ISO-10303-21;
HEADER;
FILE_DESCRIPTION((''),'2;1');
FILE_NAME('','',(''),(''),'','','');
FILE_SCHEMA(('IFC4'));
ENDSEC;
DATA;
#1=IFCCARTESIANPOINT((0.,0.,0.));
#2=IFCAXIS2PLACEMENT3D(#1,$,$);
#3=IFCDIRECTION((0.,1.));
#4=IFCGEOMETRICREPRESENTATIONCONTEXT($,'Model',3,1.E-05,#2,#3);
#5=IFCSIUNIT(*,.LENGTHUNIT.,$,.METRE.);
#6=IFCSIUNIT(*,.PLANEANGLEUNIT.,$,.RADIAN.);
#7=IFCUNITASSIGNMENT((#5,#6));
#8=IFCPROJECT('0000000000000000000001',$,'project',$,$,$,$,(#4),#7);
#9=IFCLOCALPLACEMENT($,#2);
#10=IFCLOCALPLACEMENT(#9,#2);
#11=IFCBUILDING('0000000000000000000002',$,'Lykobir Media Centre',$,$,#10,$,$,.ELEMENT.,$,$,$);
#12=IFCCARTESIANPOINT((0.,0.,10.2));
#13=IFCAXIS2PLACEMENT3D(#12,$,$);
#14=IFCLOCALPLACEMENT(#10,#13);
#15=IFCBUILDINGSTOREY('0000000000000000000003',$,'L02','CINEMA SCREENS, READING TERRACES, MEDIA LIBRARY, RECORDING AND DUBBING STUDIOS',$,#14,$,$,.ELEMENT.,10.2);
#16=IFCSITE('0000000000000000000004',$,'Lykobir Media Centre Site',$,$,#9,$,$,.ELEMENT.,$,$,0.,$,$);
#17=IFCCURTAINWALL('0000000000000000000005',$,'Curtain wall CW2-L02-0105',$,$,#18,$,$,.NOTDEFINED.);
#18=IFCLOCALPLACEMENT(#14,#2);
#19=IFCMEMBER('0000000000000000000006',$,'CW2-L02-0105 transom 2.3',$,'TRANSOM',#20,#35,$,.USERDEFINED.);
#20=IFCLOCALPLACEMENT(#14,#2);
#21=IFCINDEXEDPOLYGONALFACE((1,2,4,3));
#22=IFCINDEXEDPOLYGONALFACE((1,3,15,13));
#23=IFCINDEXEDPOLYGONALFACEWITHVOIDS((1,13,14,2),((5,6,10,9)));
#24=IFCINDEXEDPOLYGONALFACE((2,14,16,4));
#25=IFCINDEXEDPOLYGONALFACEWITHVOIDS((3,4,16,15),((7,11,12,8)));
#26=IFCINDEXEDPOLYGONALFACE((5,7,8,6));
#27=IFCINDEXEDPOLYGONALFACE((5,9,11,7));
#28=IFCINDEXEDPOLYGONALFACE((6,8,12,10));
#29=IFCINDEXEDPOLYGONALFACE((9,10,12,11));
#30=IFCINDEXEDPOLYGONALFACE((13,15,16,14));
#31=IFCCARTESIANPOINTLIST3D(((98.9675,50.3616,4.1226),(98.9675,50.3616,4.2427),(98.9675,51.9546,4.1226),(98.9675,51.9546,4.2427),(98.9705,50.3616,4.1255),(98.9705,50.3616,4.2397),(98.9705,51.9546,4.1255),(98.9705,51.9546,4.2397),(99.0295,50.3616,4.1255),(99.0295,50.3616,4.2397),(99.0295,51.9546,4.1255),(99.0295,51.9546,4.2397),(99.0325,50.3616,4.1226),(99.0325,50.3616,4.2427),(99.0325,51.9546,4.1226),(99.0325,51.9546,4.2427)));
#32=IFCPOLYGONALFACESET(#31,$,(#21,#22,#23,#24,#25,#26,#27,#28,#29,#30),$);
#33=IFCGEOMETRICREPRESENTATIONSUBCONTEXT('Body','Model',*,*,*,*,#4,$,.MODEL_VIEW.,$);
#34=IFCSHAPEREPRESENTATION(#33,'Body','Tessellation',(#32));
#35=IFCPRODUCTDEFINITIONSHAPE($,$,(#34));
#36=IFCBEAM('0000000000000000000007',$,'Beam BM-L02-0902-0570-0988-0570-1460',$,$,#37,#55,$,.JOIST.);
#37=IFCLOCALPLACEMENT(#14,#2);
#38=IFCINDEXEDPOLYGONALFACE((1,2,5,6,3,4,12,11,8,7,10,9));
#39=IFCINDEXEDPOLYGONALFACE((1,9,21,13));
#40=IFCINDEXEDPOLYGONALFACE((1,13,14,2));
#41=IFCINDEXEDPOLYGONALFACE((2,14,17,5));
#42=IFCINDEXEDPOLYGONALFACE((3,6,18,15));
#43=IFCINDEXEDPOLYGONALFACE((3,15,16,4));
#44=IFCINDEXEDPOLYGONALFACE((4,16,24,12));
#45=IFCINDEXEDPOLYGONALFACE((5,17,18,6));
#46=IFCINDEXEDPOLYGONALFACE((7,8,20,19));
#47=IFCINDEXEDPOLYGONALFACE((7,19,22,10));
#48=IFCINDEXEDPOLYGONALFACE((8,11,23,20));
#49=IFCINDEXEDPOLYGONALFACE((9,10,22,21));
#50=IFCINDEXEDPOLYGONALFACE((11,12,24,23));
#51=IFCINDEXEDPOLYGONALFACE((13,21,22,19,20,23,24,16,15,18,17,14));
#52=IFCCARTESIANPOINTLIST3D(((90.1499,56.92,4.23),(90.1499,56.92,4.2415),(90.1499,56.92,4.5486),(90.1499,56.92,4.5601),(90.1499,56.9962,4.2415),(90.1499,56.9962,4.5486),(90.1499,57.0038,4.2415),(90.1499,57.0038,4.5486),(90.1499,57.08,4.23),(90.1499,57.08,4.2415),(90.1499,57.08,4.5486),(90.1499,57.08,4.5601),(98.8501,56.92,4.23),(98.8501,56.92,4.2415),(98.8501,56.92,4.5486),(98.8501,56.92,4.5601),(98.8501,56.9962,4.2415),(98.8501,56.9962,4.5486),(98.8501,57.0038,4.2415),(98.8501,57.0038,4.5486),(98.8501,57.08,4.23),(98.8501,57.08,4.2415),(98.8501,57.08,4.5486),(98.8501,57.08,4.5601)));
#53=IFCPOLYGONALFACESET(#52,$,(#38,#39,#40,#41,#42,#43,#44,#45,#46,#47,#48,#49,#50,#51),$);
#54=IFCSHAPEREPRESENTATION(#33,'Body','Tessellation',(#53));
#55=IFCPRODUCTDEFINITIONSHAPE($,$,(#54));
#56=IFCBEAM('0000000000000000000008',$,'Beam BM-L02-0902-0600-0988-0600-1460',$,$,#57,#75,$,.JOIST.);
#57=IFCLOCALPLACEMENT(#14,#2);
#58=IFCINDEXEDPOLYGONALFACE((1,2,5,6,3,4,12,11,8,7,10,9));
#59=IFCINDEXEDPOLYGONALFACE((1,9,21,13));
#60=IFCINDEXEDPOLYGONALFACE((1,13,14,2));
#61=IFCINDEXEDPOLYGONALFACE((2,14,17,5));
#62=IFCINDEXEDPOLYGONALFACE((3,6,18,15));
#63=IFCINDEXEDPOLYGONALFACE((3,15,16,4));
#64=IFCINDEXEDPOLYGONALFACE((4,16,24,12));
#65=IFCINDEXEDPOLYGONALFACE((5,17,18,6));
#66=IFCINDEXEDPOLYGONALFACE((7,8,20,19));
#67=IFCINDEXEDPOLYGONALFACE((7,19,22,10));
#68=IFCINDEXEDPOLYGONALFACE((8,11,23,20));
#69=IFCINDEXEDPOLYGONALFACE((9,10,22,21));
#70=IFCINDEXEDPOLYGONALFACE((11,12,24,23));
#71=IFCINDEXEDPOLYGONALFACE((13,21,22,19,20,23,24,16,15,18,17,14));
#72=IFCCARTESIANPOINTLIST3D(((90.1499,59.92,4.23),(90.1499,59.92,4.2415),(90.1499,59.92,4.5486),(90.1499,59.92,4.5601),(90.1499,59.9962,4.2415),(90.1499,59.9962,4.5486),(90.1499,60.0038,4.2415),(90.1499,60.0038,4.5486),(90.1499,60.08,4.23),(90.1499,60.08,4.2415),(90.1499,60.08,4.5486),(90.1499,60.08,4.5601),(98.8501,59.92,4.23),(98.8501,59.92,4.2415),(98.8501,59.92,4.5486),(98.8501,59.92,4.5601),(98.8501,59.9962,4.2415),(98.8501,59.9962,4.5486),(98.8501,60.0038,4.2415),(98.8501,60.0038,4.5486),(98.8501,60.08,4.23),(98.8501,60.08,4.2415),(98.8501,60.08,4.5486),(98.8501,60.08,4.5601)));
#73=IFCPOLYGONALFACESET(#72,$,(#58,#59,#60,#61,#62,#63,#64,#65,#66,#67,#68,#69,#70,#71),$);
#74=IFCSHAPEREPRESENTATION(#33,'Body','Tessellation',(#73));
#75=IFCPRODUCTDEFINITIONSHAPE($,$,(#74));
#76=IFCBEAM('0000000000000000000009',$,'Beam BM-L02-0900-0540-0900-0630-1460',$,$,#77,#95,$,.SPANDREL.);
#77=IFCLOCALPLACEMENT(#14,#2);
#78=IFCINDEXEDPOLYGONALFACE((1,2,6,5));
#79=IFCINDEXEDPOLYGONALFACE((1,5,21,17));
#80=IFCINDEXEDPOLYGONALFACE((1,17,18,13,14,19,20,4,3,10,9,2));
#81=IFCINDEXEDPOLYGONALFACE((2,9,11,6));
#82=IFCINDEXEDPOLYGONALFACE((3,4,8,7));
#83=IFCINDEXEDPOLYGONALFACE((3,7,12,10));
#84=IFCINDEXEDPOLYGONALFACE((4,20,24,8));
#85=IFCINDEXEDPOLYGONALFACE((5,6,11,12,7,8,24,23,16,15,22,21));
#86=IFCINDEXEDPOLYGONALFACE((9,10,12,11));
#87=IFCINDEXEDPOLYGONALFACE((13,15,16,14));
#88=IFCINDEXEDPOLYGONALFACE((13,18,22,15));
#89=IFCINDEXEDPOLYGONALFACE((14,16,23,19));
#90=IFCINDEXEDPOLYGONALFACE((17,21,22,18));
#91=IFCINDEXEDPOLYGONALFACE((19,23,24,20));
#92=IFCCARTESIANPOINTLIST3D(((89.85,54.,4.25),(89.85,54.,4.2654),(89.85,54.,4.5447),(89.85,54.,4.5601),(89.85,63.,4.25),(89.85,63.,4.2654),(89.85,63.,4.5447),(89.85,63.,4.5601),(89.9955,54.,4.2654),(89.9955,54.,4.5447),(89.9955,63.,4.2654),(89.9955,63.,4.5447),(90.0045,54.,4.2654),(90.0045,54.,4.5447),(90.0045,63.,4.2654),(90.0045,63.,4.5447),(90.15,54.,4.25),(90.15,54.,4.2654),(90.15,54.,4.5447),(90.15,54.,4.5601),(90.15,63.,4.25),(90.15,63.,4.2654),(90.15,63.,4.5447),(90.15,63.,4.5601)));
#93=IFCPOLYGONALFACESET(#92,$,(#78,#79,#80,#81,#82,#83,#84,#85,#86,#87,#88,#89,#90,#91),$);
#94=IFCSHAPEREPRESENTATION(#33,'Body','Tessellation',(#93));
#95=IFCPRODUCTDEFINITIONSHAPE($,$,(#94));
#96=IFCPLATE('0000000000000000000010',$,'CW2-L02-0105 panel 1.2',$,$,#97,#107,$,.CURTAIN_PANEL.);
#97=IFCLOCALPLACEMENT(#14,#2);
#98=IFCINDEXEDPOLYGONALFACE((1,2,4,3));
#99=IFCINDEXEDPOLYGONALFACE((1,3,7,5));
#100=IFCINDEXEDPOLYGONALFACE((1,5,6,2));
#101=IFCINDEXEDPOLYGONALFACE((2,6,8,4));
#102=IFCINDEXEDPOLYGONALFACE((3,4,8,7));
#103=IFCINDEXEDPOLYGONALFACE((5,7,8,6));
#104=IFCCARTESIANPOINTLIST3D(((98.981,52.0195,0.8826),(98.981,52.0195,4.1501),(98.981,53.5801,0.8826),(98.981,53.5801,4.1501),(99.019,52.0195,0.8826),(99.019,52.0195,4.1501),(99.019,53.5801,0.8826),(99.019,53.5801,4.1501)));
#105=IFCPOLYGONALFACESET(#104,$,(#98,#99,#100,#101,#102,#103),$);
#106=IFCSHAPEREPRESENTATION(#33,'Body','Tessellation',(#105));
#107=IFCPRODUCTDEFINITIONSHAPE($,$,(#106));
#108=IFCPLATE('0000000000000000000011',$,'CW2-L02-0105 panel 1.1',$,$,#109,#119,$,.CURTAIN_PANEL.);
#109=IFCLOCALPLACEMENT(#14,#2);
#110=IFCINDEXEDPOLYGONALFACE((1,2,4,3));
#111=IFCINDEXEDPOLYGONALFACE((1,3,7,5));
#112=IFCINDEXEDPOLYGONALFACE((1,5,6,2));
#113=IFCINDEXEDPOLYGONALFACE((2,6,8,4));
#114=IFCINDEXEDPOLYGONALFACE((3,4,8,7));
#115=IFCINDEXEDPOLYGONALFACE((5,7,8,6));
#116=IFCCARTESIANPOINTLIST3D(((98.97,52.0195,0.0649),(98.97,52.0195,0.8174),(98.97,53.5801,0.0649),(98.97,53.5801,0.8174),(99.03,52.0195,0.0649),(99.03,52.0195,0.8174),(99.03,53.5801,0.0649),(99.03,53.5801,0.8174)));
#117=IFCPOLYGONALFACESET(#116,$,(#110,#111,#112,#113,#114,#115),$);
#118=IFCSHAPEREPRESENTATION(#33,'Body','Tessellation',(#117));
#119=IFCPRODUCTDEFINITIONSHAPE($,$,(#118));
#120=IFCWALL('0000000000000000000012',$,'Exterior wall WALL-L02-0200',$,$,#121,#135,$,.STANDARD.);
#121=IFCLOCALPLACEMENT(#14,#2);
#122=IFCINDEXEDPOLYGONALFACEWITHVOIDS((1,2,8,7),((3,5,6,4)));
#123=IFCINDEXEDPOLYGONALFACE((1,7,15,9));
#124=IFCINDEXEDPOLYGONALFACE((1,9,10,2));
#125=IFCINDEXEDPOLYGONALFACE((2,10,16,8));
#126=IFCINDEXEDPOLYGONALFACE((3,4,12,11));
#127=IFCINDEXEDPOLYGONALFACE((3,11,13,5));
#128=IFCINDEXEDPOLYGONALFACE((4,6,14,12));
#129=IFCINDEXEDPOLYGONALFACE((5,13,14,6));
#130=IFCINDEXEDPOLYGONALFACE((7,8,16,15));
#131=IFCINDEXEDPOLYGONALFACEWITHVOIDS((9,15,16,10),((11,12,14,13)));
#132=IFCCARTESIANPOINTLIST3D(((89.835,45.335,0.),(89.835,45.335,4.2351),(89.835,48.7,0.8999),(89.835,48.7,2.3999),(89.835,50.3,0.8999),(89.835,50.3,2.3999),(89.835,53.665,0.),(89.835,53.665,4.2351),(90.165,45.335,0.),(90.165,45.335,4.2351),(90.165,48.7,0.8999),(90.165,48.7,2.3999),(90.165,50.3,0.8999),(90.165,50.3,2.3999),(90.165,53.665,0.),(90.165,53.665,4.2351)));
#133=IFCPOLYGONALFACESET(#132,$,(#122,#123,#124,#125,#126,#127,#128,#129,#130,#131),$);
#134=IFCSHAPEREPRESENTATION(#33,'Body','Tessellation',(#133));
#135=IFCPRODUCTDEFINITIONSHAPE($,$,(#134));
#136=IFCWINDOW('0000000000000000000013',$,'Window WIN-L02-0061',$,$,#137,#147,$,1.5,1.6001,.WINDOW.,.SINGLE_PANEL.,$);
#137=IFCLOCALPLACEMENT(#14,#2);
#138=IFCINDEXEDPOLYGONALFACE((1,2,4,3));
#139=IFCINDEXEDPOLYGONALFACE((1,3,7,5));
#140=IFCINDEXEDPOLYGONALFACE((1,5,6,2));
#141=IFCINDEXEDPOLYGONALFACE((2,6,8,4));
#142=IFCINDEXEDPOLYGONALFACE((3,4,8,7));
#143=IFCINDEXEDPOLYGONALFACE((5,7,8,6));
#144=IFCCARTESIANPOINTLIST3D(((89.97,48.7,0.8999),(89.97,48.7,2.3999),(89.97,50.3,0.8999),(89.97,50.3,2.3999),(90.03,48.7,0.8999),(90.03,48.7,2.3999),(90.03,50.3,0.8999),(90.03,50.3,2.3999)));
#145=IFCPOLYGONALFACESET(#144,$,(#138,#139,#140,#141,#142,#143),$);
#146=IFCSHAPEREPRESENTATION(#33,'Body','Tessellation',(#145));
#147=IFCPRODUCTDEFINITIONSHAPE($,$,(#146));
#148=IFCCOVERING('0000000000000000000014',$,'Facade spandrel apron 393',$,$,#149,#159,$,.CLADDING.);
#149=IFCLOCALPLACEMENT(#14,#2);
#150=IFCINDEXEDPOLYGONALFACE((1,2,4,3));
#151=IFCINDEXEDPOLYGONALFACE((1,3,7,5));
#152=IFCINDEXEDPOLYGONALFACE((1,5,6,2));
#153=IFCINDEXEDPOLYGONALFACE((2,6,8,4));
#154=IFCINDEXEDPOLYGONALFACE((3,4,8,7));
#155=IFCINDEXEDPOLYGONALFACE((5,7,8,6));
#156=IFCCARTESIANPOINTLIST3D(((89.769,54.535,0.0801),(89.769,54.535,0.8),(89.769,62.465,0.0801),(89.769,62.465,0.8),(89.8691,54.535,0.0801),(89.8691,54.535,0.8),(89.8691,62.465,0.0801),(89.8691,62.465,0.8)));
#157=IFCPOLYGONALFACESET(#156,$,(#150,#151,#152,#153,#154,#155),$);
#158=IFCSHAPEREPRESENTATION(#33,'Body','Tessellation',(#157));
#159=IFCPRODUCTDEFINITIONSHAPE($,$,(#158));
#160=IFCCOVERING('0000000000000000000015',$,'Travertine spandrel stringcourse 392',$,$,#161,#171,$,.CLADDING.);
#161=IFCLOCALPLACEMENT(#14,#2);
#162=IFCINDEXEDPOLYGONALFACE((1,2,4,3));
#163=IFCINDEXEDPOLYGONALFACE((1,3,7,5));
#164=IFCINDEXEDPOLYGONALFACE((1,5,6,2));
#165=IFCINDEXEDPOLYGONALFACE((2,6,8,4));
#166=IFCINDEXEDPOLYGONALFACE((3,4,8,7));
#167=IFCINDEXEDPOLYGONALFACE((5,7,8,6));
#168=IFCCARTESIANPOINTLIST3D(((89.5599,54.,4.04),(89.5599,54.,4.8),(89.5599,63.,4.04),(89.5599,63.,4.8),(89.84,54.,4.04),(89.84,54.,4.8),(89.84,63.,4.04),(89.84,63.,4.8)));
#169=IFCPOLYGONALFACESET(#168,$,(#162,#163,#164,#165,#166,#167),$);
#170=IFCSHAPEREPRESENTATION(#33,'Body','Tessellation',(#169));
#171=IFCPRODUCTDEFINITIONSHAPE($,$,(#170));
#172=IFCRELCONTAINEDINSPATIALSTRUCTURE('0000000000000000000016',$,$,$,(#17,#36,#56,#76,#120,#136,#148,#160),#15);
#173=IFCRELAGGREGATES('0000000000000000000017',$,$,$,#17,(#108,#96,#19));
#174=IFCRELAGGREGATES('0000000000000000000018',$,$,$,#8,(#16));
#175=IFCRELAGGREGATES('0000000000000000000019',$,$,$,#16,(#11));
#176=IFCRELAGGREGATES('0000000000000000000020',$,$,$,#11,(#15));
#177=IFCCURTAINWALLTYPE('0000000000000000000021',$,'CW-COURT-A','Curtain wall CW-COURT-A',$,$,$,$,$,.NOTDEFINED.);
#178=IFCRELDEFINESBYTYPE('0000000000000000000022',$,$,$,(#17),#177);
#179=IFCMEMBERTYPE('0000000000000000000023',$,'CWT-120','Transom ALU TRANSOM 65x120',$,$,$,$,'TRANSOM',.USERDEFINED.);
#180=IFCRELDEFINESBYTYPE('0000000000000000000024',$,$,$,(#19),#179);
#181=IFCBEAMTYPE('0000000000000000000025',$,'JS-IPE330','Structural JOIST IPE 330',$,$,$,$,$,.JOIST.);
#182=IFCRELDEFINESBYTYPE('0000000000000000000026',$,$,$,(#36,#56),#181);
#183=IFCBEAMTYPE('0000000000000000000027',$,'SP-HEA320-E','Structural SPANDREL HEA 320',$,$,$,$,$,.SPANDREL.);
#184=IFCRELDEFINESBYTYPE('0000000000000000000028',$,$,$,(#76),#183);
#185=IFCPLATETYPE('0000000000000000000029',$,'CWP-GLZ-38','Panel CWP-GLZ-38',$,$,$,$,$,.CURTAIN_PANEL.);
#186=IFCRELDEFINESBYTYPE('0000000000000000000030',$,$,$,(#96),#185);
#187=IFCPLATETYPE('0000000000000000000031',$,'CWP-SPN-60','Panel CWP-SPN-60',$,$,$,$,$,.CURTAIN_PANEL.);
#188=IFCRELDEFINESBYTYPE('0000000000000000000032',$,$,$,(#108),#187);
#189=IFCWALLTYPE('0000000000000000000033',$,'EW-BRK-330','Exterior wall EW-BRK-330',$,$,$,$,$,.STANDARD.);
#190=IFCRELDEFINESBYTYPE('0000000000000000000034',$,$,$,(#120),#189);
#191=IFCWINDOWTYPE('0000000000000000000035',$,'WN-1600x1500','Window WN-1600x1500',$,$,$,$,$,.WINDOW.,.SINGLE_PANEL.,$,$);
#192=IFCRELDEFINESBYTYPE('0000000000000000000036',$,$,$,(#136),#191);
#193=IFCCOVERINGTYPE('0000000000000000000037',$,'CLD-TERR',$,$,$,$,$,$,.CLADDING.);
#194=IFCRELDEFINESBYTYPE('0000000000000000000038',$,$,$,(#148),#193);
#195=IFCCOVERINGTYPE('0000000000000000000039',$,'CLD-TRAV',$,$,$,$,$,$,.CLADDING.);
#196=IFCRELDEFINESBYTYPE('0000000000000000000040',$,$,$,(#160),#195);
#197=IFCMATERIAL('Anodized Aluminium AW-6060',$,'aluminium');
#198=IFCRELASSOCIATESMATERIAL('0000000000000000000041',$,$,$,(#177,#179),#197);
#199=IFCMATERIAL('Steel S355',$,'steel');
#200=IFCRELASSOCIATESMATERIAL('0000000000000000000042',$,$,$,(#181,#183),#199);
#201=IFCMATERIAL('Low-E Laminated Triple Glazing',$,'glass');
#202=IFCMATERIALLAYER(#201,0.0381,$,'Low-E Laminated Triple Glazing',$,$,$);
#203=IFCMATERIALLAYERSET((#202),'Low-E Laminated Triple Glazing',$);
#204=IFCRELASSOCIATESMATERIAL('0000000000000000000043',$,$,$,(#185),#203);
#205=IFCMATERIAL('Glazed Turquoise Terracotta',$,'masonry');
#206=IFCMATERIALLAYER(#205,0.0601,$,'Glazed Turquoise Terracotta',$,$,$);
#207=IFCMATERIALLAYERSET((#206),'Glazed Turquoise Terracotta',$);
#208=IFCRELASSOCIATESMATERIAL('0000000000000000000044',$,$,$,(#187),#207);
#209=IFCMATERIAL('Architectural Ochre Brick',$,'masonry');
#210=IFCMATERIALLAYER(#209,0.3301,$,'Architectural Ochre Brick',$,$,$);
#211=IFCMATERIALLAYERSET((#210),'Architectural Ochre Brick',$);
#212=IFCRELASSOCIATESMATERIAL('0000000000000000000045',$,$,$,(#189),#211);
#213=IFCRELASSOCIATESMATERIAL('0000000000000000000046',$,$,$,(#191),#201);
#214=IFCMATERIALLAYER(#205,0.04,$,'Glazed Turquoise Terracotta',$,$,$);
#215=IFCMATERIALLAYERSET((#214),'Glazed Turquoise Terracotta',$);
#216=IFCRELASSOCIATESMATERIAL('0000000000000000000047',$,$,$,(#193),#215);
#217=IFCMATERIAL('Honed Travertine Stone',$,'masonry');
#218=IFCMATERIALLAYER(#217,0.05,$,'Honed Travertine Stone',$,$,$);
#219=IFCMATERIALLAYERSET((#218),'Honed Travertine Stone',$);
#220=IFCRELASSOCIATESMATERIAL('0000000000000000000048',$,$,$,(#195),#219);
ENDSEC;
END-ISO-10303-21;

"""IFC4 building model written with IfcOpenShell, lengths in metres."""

from ifc_helpers import new_model, si_unit, direction, frame, frame_2d, origin, origin_2d, place, context, subcontext, project, spatial, rectangle, hollow_rectangle, i_section, extrude, material, layer, layer_set, material_profile, profile_set, type_object, element, fill, aggregate, save


model = new_model("IFC4")

# Units and contexts
model_context = context("Model", 3, precision=1e-05, world=origin(), true_north=direction((0.0, 1.0)))
body_context = subcontext(model_context, "Body", "Model", "MODEL_VIEW")
ifc_project = project(units=[si_unit("LENGTHUNIT", "METRE"), si_unit("PLANEANGLEUNIT", "RADIAN")], contexts=[model_context])

# Site, building, storey
site_placement = place(None, origin())
site = spatial("IfcSite", under=ifc_project, at=site_placement, Name="Lykobir Media Centre Site", CompositionType="ELEMENT", RefElevation=0.0)
building_placement = place(site_placement, origin())
building = spatial("IfcBuilding", under=site, at=building_placement, Name="Lykobir Media Centre", CompositionType="ELEMENT")
storey_placement = place(building_placement, frame((0.0, 0.0, 10.2)))
storey = spatial("IfcBuildingStorey", under=building, at=storey_placement, Name="L02", Description="CINEMA SCREENS, READING TERRACES, MEDIA LIBRARY, RECORDING AND DUBBING STUDIOS", CompositionType="ELEMENT", Elevation=10.2)

# Shared definitions
ifc_material_1 = material(Name="Steel S355", Category="steel")

# Curtain wall, member
ifc_material_2 = material(Name="Anodized Aluminium AW-6060", Category="aluminium")
curtain_wall_type = type_object("IfcCurtainWallType", Name="CW-COURT-A", Description="Curtain wall CW-COURT-A", PredefinedType="NOTDEFINED", material=ifc_material_2)
curtain_wall_placement = place(storey_placement, origin())
curtain_wall = element("IfcCurtainWall", 1, at=curtain_wall_placement, inside=storey, type_object=curtain_wall_type, Name="Curtain wall CW2-L02-0105", PredefinedType="NOTDEFINED")
ifc_material_profile_1 = material_profile(ifc_material_2, hollow_rectangle(XDim=0.0649, YDim=0.1201, WallThickness=0.0029, at=origin_2d()), Name="ALU TRANSOM 65x120")
ifc_profile_set_1 = profile_set([ifc_material_profile_1], Name="Anodized Aluminium AW-6060")
member_type_1 = type_object("IfcMemberType", Name="CWT-120", Description="Transom ALU TRANSOM 65x120", ElementType="TRANSOM", PredefinedType="USERDEFINED", material=ifc_profile_set_1)
member_1_placement = place(storey_placement, frame((99.0, 51.9546, 4.1826), z_axis=(0.0, -1.0, 0.0), x_axis=(1.0, 0.0, 0.0)))
member_1 = element("IfcMember", 2, at=member_1_placement, type_object=member_type_1, Name="CW2-L02-0105 transom 2.3", ObjectType="TRANSOM", PredefinedType="USERDEFINED", context=body_context, shape_type="SweptSolid", body=[
    extrude(hollow_rectangle(XDim=0.0649, YDim=0.1201, WallThickness=0.0029, at=origin_2d()), origin(), (0.0, 0.0, 1.0), 1.593),
])

# Beams
ifc_material_profile_2 = material_profile(ifc_material_1, i_section(OverallWidth=0.1599, OverallDepth=0.3301, WebThickness=0.0076, FlangeThickness=0.0115, at=origin_2d()), Name="IPE 330")
ifc_profile_set_2 = profile_set([ifc_material_profile_2], Name="Steel S355")
beam_type_1 = type_object("IfcBeamType", Name="JS-IPE330", Description="Structural JOIST IPE 330", PredefinedType="JOIST", material=ifc_profile_set_2)
for number, where, z_axis, x_axis, name in (
    (3, (90.1499, 57.0, 4.395), (1.0, 0.0, 0.0), (0.0, 1.0, 0.0), "Beam BM-L02-0902-0570-0988-0570-1460"),
    (4, (90.1499, 60.0, 4.395), (1.0, 0.0, 0.0), (0.0, 1.0, 0.0), "Beam BM-L02-0902-0600-0988-0600-1460"),
):
    element("IfcBeam", number, at=place(storey_placement, frame(where, z_axis=z_axis, x_axis=x_axis)), inside=storey, type_object=beam_type_1, Name=name, PredefinedType="JOIST", context=body_context, shape_type="SweptSolid", body=[
        extrude(i_section(OverallWidth=0.1599, OverallDepth=0.3301, WebThickness=0.0076, FlangeThickness=0.0115, at=origin_2d()), origin(), (0.0, 0.0, 1.0), 8.7002),
    ])
ifc_material_profile_3 = material_profile(ifc_material_1, i_section(OverallWidth=0.3, OverallDepth=0.3101, WebThickness=0.009, FlangeThickness=0.0154, at=origin_2d()), Name="HEA 320")
ifc_profile_set_3 = profile_set([ifc_material_profile_3], Name="Steel S355")
beam_type_2 = type_object("IfcBeamType", Name="SP-HEA320-E", Description="Structural SPANDREL HEA 320", PredefinedType="SPANDREL", material=ifc_profile_set_3)
beam_1_placement = place(storey_placement, frame((90.0, 54.0, 4.405), z_axis=(0.0, 1.0, 0.0), x_axis=(-1.0, 0.0, 0.0)))
element("IfcBeam", 5, at=beam_1_placement, inside=storey, type_object=beam_type_2, Name="Beam BM-L02-0900-0540-0900-0630-1460", PredefinedType="SPANDREL", context=body_context, shape_type="SweptSolid", body=[
    extrude(i_section(OverallWidth=0.3, OverallDepth=0.3101, WebThickness=0.009, FlangeThickness=0.0154, at=origin_2d()), origin(), (0.0, 0.0, 1.0), 9.0),
])

# Plates
ifc_material_3 = material(Name="Low-E Laminated Triple Glazing", Category="glass")
ifc_layer_1 = layer(ifc_material_3, 0.0381, Name="Low-E Laminated Triple Glazing")
ifc_layer_set_1 = layer_set([ifc_layer_1], Name="Low-E Laminated Triple Glazing")
plate_type_1 = type_object("IfcPlateType", Name="CWP-GLZ-38", Description="Panel CWP-GLZ-38", PredefinedType="CURTAIN_PANEL", material=ifc_layer_set_1)
plate_1_placement = place(storey_placement, frame((99.0, 52.7998, 0.8826), z_axis=(0.0, 0.0, 1.0), x_axis=(0.0, -1.0, 0.0)))
plate_1 = element("IfcPlate", 6, at=plate_1_placement, type_object=plate_type_1, Name="CW2-L02-0105 panel 1.2", PredefinedType="CURTAIN_PANEL", context=body_context, shape_type="SweptSolid", body=[
    extrude(rectangle(XDim=1.5605, YDim=0.0381, at=origin_2d()), origin(), (0.0, 0.0, 1.0), 3.2676),
])
ifc_material_4 = material(Name="Glazed Turquoise Terracotta", Category="masonry")
ifc_layer_2 = layer(ifc_material_4, 0.0601, Name="Glazed Turquoise Terracotta")
ifc_layer_set_2 = layer_set([ifc_layer_2], Name="Glazed Turquoise Terracotta")
plate_type_2 = type_object("IfcPlateType", Name="CWP-SPN-60", Description="Panel CWP-SPN-60", PredefinedType="CURTAIN_PANEL", material=ifc_layer_set_2)
plate_2_placement = place(storey_placement, frame((99.0, 52.7998, 0.0649), z_axis=(0.0, 0.0, 1.0), x_axis=(0.0, -1.0, 0.0)))
plate_2 = element("IfcPlate", 7, at=plate_2_placement, type_object=plate_type_2, Name="CW2-L02-0105 panel 1.1", PredefinedType="CURTAIN_PANEL", context=body_context, shape_type="SweptSolid", body=[
    extrude(rectangle(XDim=1.5605, YDim=0.0601, at=origin_2d()), origin(), (0.0, 0.0, 1.0), 0.7524),
])
aggregate(curtain_wall, [plate_2, plate_1, member_1])

# Wall, opening, window
ifc_material_5 = material(Name="Architectural Ochre Brick", Category="masonry")
ifc_layer_3 = layer(ifc_material_5, 0.3301, Name="Architectural Ochre Brick")
ifc_layer_set_3 = layer_set([ifc_layer_3], Name="Architectural Ochre Brick")
wall_type = type_object("IfcWallType", Name="EW-BRK-330", Description="Exterior wall EW-BRK-330", PredefinedType="STANDARD", material=ifc_layer_set_3)
wall_placement = place(storey_placement, frame((90.0, 53.665, 0.0), z_axis=(0.0, 0.0, 1.0), x_axis=(0.0, -1.0, 0.0)))
wall = element("IfcWall", 8, at=wall_placement, inside=storey, type_object=wall_type, Name="Exterior wall WALL-L02-0200", PredefinedType="STANDARD", context=body_context, shape_type="SweptSolid", body=[
    extrude(rectangle(XDim=8.3301, YDim=0.3301, at=frame_2d((4.165, 0.0))), origin(), (0.0, 0.0, 1.0), 4.2351),
])
opening_placement = place(wall_placement, frame((3.365, 0.0, 0.8999)))
opening = element("IfcOpeningElement", 9, at=opening_placement, cuts=wall, PredefinedType="OPENING", context=body_context, shape_type="SweptSolid", body=[
    extrude(rectangle(XDim=1.6001, YDim=1.5, at=frame_2d((0.8, 0.75))), frame((0.0, 0.175, 0.0), z_axis=(0.0, -1.0, 0.0), x_axis=(1.0, 0.0, 0.0)), (0.0, 0.0, 1.0), 0.3501),
])
window_type = type_object("IfcWindowType", Name="WN-1600x1500", Description="Window WN-1600x1500", PartitioningType="SINGLE_PANEL", PredefinedType="WINDOW", material=ifc_material_3)
window_placement = place(opening_placement, origin())
window = element("IfcWindow", 10, at=window_placement, inside=storey, type_object=window_type, Name="Window WIN-L02-0061", OverallHeight=1.5, OverallWidth=1.6001, PartitioningType="SINGLE_PANEL", PredefinedType="WINDOW", context=body_context, shape_type="SweptSolid", body=[
    extrude(rectangle(XDim=1.6001, YDim=1.5, at=frame_2d((0.8, 0.75))), frame((0.0, 0.03, 0.0), z_axis=(0.0, -1.0, 0.0), x_axis=(1.0, 0.0, 0.0)), (0.0, 0.0, 1.0), 0.0601),
])
fill(opening, window)

# Coverings
ifc_layer_4 = layer(ifc_material_4, 0.04, Name="Glazed Turquoise Terracotta")
ifc_layer_set_4 = layer_set([ifc_layer_4], Name="Glazed Turquoise Terracotta")
covering_type_1 = type_object("IfcCoveringType", Name="CLD-TERR", PredefinedType="CLADDING", material=ifc_layer_set_4)
covering_1_placement = place(storey_placement, frame((89.8191, 58.5, 0.0801), z_axis=(0.0, 0.0, 1.0), x_axis=(0.0, -1.0, 0.0)))
element("IfcCovering", 11, at=covering_1_placement, inside=storey, type_object=covering_type_1, Name="Facade spandrel apron 393", PredefinedType="CLADDING", context=body_context, shape_type="SweptSolid", body=[
    extrude(rectangle(XDim=7.9299, YDim=0.1001, at=origin_2d()), origin(), (0.0, 0.0, 1.0), 0.72),
])
ifc_material_6 = material(Name="Honed Travertine Stone", Category="masonry")
ifc_layer_5 = layer(ifc_material_6, 0.05, Name="Honed Travertine Stone")
ifc_layer_set_5 = layer_set([ifc_layer_5], Name="Honed Travertine Stone")
covering_type_2 = type_object("IfcCoveringType", Name="CLD-TRAV", PredefinedType="CLADDING", material=ifc_layer_set_5)
covering_2_placement = place(storey_placement, frame((89.7, 58.5, 4.04), z_axis=(0.0, 0.0, 1.0), x_axis=(0.0, -1.0, 0.0)))
element("IfcCovering", 12, at=covering_2_placement, inside=storey, type_object=covering_type_2, Name="Travertine spandrel stringcourse 392", PredefinedType="CLADDING", context=body_context, shape_type="SweptSolid", body=[
    extrude(rectangle(XDim=9.0, YDim=0.28, at=origin_2d()), origin(), (0.0, 0.0, 1.0), 0.76),
])

save(model, "model.ifc")
